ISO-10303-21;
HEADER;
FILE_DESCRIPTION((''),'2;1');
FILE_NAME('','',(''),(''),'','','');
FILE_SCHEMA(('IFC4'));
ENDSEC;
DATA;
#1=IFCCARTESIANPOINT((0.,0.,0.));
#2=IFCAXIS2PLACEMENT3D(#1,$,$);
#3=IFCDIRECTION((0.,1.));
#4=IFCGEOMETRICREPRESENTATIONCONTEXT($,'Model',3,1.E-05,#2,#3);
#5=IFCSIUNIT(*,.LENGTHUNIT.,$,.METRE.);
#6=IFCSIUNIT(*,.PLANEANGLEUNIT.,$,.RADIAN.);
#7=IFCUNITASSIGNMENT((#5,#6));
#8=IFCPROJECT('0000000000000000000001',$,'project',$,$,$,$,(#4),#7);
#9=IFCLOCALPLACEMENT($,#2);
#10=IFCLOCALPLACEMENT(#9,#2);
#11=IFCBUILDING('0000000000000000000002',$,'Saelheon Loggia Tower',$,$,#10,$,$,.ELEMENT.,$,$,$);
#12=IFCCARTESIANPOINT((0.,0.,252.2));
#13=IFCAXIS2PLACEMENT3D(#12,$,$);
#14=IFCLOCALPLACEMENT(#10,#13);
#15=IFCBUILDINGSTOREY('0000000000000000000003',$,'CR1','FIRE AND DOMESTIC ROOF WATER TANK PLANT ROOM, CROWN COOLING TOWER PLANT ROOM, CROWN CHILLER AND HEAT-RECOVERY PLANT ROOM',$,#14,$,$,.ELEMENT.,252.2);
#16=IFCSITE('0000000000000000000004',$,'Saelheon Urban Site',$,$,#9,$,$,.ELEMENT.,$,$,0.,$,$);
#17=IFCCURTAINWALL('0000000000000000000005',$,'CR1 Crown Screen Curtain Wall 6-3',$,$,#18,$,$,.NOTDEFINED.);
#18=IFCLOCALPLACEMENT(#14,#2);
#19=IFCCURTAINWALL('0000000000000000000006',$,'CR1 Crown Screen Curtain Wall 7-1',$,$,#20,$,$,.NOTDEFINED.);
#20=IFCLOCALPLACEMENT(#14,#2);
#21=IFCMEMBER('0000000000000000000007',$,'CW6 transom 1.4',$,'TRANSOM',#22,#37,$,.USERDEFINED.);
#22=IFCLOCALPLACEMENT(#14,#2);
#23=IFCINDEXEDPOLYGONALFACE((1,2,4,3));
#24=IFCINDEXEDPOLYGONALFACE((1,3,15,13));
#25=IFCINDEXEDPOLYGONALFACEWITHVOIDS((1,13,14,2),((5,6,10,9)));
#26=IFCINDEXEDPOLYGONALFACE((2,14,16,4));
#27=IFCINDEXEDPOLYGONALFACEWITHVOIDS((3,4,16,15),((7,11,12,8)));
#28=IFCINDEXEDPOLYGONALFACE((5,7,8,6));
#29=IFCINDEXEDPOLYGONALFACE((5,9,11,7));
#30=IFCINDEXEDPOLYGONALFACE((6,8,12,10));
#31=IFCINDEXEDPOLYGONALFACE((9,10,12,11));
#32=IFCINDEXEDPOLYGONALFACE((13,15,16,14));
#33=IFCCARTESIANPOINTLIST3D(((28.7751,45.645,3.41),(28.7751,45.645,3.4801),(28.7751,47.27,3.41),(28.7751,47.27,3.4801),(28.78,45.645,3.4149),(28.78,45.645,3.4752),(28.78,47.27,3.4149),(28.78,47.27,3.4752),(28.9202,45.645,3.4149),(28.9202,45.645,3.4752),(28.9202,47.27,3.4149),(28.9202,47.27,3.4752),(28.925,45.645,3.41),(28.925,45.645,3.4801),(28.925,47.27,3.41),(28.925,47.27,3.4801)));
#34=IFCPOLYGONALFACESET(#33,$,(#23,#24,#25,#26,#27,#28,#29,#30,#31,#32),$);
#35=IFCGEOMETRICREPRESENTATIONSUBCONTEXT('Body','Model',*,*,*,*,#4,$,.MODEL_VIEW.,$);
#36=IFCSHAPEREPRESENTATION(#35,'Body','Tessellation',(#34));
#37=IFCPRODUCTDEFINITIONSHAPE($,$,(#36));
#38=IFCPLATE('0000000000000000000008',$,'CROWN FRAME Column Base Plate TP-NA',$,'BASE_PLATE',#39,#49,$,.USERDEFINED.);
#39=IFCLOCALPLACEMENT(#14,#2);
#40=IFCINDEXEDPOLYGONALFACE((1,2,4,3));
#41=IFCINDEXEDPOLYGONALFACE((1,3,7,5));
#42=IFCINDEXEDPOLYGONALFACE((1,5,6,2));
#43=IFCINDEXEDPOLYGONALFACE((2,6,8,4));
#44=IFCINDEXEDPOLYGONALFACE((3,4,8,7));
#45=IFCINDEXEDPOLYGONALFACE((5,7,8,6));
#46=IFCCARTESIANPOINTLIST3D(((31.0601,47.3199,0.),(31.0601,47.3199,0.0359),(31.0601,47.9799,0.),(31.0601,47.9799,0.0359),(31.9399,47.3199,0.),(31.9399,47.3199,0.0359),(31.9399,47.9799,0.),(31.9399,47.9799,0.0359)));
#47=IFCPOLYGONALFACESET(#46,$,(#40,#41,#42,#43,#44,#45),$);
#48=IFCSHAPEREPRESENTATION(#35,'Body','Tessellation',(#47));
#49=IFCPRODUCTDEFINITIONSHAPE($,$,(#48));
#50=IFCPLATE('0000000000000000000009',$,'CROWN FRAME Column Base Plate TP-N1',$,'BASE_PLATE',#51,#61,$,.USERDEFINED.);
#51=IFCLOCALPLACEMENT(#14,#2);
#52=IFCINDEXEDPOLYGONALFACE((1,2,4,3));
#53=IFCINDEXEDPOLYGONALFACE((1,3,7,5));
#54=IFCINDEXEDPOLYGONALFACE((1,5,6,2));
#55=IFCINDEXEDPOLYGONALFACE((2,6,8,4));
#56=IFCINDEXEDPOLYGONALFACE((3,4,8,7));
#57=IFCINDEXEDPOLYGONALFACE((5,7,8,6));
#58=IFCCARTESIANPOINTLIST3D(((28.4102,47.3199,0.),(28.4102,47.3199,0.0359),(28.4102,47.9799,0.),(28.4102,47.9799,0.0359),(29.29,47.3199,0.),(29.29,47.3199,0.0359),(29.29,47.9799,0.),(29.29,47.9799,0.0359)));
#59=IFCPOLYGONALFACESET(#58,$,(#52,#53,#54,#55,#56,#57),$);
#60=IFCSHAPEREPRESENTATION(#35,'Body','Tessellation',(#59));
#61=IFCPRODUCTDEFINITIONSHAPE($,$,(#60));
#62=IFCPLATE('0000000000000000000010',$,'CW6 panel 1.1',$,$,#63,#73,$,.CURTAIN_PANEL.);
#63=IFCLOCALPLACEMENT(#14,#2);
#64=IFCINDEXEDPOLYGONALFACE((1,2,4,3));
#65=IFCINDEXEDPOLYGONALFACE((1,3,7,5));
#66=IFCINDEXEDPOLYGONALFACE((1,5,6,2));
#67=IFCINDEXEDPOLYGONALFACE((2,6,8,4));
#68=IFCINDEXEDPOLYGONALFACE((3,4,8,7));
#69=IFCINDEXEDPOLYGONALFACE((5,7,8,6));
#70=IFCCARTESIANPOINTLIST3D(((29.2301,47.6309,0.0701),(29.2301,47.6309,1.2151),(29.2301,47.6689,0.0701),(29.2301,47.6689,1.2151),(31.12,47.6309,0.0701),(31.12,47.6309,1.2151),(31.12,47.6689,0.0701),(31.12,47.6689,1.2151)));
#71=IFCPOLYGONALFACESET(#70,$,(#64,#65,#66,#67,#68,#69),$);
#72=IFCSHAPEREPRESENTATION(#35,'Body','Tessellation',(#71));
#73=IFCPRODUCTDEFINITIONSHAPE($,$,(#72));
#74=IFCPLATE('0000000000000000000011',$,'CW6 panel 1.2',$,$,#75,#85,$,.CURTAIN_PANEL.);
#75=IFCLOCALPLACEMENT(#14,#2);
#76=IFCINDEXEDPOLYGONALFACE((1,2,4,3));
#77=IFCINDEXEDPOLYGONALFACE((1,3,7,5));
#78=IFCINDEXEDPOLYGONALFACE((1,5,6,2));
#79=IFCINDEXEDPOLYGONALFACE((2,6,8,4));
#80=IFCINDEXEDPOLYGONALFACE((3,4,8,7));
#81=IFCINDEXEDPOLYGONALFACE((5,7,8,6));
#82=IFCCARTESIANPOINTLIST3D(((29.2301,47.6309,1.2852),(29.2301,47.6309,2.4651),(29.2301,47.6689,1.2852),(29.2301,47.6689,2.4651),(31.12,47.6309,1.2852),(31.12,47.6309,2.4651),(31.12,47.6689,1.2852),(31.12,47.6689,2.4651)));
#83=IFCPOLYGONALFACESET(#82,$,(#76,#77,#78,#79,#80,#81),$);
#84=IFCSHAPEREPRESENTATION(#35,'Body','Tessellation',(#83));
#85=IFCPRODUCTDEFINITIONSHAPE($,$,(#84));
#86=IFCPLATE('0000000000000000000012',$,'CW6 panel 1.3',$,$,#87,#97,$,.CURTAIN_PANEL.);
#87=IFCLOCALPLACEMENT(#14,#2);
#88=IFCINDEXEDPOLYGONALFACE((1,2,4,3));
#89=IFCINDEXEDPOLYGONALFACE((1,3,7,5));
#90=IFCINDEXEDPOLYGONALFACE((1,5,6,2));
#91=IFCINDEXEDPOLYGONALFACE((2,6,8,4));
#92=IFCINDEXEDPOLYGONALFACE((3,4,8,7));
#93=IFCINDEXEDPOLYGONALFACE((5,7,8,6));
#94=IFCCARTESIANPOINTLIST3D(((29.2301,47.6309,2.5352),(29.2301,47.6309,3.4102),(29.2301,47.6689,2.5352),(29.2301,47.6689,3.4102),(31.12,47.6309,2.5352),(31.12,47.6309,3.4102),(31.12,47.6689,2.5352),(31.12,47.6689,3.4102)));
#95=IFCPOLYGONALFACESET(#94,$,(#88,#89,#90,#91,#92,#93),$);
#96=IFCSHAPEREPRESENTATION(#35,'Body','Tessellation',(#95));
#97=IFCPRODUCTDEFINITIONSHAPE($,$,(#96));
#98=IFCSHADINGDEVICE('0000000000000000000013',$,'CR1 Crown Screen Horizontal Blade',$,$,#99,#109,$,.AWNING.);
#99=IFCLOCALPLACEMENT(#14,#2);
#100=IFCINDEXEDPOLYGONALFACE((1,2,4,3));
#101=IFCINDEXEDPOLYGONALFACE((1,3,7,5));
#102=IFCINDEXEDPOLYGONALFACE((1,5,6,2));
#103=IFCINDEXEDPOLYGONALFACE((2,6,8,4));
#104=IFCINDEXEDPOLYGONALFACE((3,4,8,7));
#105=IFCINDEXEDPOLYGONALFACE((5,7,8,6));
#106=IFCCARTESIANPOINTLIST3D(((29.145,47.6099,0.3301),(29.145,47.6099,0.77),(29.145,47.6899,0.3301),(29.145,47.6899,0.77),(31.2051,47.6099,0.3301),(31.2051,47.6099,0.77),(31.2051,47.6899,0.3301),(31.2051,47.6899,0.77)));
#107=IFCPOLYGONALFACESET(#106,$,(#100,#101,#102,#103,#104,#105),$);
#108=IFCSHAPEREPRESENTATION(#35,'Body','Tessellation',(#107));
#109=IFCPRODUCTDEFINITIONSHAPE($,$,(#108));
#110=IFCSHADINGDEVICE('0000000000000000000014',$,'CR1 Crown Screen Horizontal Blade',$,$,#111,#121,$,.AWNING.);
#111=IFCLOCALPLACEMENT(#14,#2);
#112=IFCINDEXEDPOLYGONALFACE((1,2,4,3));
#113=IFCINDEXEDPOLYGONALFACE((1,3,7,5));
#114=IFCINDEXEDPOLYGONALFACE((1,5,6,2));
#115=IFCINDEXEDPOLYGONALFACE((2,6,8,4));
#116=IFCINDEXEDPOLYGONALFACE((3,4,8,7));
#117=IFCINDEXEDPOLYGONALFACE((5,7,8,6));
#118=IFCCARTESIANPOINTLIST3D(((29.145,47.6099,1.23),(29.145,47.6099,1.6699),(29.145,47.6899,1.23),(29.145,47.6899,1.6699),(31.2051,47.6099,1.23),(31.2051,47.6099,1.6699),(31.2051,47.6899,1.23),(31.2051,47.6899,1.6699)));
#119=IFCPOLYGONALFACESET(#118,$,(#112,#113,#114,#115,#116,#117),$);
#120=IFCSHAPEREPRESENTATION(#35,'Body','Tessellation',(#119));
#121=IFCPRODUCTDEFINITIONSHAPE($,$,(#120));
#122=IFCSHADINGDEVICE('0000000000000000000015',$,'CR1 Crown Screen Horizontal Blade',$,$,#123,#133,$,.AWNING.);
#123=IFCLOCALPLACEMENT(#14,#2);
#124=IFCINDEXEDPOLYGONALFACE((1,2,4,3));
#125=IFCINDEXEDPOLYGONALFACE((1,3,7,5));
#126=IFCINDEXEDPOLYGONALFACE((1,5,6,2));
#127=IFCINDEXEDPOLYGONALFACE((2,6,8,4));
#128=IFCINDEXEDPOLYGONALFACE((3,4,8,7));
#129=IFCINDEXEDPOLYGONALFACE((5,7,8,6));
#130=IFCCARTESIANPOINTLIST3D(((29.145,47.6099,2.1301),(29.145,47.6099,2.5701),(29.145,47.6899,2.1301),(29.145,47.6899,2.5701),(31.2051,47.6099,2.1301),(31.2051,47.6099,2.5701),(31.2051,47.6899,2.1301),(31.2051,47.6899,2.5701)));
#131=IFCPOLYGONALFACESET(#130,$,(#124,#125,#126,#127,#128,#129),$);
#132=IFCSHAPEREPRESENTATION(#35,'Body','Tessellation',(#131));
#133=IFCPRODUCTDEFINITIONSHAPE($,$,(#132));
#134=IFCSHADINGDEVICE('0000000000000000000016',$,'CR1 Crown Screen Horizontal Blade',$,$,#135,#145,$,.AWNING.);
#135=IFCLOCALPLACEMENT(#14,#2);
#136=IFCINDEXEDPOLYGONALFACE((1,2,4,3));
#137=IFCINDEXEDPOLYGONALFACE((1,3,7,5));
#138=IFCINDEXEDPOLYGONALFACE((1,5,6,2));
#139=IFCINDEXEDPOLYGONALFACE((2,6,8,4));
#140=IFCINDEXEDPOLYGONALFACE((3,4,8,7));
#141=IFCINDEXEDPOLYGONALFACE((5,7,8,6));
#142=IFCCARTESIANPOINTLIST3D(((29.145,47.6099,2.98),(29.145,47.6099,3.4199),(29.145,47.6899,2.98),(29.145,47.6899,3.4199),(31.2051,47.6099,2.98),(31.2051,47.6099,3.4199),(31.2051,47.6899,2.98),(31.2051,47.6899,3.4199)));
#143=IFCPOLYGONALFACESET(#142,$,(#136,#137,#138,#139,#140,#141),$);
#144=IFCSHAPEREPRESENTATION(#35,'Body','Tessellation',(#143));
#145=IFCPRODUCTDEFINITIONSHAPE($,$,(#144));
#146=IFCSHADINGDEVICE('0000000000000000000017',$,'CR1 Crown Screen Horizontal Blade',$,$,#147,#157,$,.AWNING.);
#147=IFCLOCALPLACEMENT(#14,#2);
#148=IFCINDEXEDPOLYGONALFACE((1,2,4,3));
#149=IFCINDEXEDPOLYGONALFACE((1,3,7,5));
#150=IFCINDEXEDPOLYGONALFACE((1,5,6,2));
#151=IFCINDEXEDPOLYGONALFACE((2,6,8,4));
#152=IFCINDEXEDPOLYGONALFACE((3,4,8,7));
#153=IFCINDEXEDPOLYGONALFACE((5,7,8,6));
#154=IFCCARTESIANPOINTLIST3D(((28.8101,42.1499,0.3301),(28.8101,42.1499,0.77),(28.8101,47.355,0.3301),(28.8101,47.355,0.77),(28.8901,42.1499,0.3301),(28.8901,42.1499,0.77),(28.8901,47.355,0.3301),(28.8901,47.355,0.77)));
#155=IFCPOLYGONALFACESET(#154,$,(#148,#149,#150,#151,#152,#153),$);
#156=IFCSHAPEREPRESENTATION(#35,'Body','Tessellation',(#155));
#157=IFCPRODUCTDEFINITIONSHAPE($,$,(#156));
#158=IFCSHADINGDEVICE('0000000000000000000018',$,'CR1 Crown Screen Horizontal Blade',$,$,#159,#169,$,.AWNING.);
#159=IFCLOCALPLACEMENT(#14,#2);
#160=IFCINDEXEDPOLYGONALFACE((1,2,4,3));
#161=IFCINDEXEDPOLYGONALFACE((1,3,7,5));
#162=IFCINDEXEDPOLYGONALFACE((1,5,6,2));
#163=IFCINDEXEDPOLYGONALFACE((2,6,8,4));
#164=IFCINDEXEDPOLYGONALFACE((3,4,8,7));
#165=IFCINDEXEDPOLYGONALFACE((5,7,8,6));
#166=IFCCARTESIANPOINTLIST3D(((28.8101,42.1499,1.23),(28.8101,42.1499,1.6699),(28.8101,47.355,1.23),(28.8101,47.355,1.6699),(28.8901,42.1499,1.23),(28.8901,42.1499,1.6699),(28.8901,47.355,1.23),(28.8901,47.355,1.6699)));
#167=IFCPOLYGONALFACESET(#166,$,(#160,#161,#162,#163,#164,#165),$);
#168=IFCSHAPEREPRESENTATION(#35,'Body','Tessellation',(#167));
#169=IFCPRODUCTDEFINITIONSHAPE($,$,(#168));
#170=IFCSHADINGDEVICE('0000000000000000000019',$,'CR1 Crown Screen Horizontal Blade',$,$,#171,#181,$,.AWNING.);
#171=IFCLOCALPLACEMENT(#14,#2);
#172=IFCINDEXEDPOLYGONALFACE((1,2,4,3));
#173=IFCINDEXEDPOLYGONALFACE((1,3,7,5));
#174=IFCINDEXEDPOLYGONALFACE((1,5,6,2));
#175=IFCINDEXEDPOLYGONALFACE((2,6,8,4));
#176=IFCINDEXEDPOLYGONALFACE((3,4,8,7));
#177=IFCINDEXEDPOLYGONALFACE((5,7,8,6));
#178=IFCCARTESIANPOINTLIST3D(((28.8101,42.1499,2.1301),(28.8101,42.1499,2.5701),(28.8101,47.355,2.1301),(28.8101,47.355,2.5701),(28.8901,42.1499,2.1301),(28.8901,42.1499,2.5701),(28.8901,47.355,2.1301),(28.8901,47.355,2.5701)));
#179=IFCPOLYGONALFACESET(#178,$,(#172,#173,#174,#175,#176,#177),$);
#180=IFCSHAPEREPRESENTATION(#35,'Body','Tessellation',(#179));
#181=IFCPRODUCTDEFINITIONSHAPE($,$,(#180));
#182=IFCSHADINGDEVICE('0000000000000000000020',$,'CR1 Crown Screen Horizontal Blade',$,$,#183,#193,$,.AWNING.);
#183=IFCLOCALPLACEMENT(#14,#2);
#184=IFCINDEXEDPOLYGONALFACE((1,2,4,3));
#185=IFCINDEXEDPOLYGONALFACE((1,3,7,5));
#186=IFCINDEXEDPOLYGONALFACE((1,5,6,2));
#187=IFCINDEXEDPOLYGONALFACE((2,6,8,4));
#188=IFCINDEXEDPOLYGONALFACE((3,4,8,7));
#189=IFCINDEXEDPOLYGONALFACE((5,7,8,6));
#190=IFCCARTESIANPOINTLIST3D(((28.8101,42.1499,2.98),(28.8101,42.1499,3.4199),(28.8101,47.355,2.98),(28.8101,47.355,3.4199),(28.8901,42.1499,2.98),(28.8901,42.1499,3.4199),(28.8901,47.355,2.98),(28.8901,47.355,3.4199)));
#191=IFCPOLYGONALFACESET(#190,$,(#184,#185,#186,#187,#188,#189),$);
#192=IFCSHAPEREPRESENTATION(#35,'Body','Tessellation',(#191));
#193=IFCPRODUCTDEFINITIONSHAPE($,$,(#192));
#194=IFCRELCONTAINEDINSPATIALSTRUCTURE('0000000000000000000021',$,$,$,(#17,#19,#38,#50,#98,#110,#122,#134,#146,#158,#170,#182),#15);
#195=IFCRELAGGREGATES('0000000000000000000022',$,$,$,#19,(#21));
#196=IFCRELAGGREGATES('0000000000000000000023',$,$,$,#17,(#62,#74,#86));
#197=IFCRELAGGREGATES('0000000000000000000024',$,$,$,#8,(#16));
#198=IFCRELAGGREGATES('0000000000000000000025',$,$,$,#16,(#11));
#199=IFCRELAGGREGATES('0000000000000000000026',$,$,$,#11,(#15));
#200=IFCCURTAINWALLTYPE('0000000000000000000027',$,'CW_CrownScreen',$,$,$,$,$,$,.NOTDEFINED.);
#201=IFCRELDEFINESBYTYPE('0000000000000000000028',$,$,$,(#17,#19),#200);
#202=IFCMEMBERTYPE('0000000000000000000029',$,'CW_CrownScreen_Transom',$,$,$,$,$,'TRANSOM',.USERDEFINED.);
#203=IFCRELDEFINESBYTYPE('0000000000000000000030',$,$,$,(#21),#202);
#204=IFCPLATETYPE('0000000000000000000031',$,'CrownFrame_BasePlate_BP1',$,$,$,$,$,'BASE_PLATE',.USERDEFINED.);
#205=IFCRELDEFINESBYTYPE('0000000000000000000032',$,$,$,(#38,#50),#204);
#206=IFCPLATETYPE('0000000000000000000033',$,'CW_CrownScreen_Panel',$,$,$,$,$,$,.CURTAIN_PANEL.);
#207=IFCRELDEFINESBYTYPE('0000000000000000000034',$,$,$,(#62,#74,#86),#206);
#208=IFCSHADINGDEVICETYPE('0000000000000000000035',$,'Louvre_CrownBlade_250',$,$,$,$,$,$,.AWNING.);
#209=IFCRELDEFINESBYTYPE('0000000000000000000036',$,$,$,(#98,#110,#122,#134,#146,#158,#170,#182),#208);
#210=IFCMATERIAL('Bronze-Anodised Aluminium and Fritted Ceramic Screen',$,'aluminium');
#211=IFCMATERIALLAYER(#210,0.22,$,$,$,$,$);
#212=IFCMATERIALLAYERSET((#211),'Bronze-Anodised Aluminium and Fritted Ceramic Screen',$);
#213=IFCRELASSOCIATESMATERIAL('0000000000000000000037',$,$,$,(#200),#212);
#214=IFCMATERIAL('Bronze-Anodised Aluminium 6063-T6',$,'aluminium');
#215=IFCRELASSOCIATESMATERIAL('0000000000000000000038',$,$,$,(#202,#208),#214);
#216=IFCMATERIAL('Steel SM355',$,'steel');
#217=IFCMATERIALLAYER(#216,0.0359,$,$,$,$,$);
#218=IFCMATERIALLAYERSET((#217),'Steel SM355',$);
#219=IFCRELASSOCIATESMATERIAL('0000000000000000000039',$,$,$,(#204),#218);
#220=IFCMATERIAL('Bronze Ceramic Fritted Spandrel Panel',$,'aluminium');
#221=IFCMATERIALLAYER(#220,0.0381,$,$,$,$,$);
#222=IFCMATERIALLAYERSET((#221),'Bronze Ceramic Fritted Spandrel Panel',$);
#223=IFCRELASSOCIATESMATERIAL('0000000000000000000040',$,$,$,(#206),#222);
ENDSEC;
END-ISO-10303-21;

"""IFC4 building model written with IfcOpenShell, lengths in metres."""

from ifc_helpers import new_model, si_unit, direction, frame, origin, origin_2d, place, context, subcontext, project, spatial, rectangle, hollow_rectangle, extrude, source, transform, mapped, material, layer, layer_set, material_profile, profile_set, type_object, element, aggregate, save


model = new_model("IFC4")

# Units and contexts
model_context = context("Model", 3, precision=1e-05, world=origin(), true_north=direction((0.0, 1.0)))
body_context = subcontext(model_context, "Body", "Model", "MODEL_VIEW")
ifc_project = project(units=[si_unit("LENGTHUNIT", "METRE"), si_unit("PLANEANGLEUNIT", "RADIAN")], contexts=[model_context])

# Site, building, storey
site_placement = place(None, origin())
site = spatial("IfcSite", under=ifc_project, at=site_placement, Name="Saelheon Urban Site", CompositionType="ELEMENT", RefElevation=0.0)
building_placement = place(site_placement, origin())
building = spatial("IfcBuilding", under=site, at=building_placement, Name="Saelheon Loggia Tower", CompositionType="ELEMENT")
storey_placement = place(building_placement, frame((0.0, 0.0, 252.2)))
storey = spatial("IfcBuildingStorey", under=building, at=storey_placement, Name="CR1", Description="FIRE AND DOMESTIC ROOF WATER TANK PLANT ROOM, CROWN COOLING TOWER PLANT ROOM, CROWN CHILLER AND HEAT-RECOVERY PLANT ROOM", CompositionType="ELEMENT", Elevation=252.2)

# Curtain wall
ifc_material_1 = material(Name="Bronze-Anodised Aluminium and Fritted Ceramic Screen", Category="aluminium")
ifc_layer_1 = layer(ifc_material_1, 0.22)
ifc_layer_set_1 = layer_set([ifc_layer_1], Name="Bronze-Anodised Aluminium and Fritted Ceramic Screen")
curtain_wall_type = type_object("IfcCurtainWallType", Name="CW_CrownScreen", PredefinedType="NOTDEFINED", material=ifc_layer_set_1)
curtain_wall_1_placement = place(storey_placement, origin())
curtain_wall_1 = element("IfcCurtainWall", 1, at=curtain_wall_1_placement, inside=storey, type_object=curtain_wall_type, Name="CR1 Crown Screen Curtain Wall 6-3", PredefinedType="NOTDEFINED")
ifc_material_2 = material(Name="Bronze-Anodised Aluminium 6063-T6", Category="aluminium")

# Curtain wall
curtain_wall_2_placement = place(storey_placement, origin())
curtain_wall_2 = element("IfcCurtainWall", 2, at=curtain_wall_2_placement, inside=storey, type_object=curtain_wall_type, Name="CR1 Crown Screen Curtain Wall 7-1", PredefinedType="NOTDEFINED")

# Member
ifc_material_profile_1 = material_profile(ifc_material_2, hollow_rectangle(XDim=0.0701, YDim=0.1499, WallThickness=0.0049, at=origin_2d()), Name="RHS-150x70x5")
ifc_profile_set_1 = profile_set([ifc_material_profile_1], Name="Bronze-Anodised Aluminium 6063-T6")
member_type_1 = type_object("IfcMemberType", Name="CW_CrownScreen_Transom", ElementType="TRANSOM", PredefinedType="USERDEFINED", material=ifc_profile_set_1)
shared_shape_1 = source(origin(), body_context, "Body", "SweptSolid", [
    extrude(hollow_rectangle(XDim=0.0701, YDim=0.1499, WallThickness=0.0049, at=origin_2d()), origin(), (0.0, 0.0, 1.0), 1.625),
])
member_1_placement = place(storey_placement, frame((28.8501, 47.27, 3.4451), z_axis=(0.0, -1.0, 0.0), x_axis=(0.0, 0.0, 1.0)))
member_1 = element("IfcMember", 3, at=member_1_placement, type_object=member_type_1, Name="CW6 transom 1.4", ObjectType="TRANSOM", PredefinedType="USERDEFINED", context=body_context, shape_type="MappedRepresentation", body=[
    mapped(shared_shape_1, transform((0.0, 0.0, 0.0), scale=1.0)),
])
aggregate(curtain_wall_2, [member_1])

# Plates
ifc_material_3 = material(Name="Steel SM355", Category="steel")
ifc_layer_2 = layer(ifc_material_3, 0.0359)
ifc_layer_set_2 = layer_set([ifc_layer_2], Name="Steel SM355")
plate_type_1 = type_object("IfcPlateType", Name="CrownFrame_BasePlate_BP1", ElementType="BASE_PLATE", PredefinedType="USERDEFINED", material=ifc_layer_set_2)
shared_shape_2 = source(origin(), body_context, "Body", "SweptSolid", [
    extrude(rectangle(XDim=0.8799, YDim=0.6599, at=origin_2d()), origin(), (0.0, 0.0, 1.0), 0.0359),
])
for number, where, z_axis, x_axis, name in (
    (4, (31.5, 47.6499, 0.0), (0.0, 0.0, 1.0), (1.0, 0.0, 0.0), "CROWN FRAME Column Base Plate TP-NA"),
    (5, (28.8501, 47.6499, 0.0), (0.0, 0.0, 1.0), (1.0, 0.0, 0.0), "CROWN FRAME Column Base Plate TP-N1"),
):
    element("IfcPlate", number, at=place(storey_placement, frame(where, z_axis=z_axis, x_axis=x_axis)), inside=storey, type_object=plate_type_1, Name=name, ObjectType="BASE_PLATE", PredefinedType="USERDEFINED", context=body_context, shape_type="MappedRepresentation", body=[
        mapped(shared_shape_2, transform((0.0, 0.0, 0.0), scale=1.0)),
    ])

# Plates
ifc_material_4 = material(Name="Bronze Ceramic Fritted Spandrel Panel", Category="aluminium")
ifc_layer_3 = layer(ifc_material_4, 0.0381)
ifc_layer_set_3 = layer_set([ifc_layer_3], Name="Bronze Ceramic Fritted Spandrel Panel")
plate_type_2 = type_object("IfcPlateType", Name="CW_CrownScreen_Panel", PredefinedType="CURTAIN_PANEL", material=ifc_layer_set_3)
shared_shape_3 = source(origin(), body_context, "Body", "SweptSolid", [
    extrude(rectangle(XDim=1.8899, YDim=0.0381, at=origin_2d()), origin(), (0.0, 0.0, 1.0), 1.145),
])
plate_1_placement = place(storey_placement, frame((30.175, 47.6499, 0.0701), z_axis=(0.0, 0.0, 1.0), x_axis=(-1.0, 0.0, 0.0)))
plate_1 = element("IfcPlate", 6, at=plate_1_placement, type_object=plate_type_2, Name="CW6 panel 1.1", PredefinedType="CURTAIN_PANEL", context=body_context, shape_type="MappedRepresentation", body=[
    mapped(shared_shape_3, transform((0.0, 0.0, 0.0), scale=1.0)),
])
shared_shape_4 = source(origin(), body_context, "Body", "SweptSolid", [
    extrude(rectangle(XDim=1.8899, YDim=0.0381, at=origin_2d()), origin(), (0.0, 0.0, 1.0), 1.1799),
])
plate_2_placement = place(storey_placement, frame((30.175, 47.6499, 1.2852), z_axis=(0.0, 0.0, 1.0), x_axis=(-1.0, 0.0, 0.0)))
plate_2 = element("IfcPlate", 7, at=plate_2_placement, type_object=plate_type_2, Name="CW6 panel 1.2", PredefinedType="CURTAIN_PANEL", context=body_context, shape_type="MappedRepresentation", body=[
    mapped(shared_shape_4, transform((0.0, 0.0, 0.0), scale=1.0)),
])
shared_shape_5 = source(origin(), body_context, "Body", "SweptSolid", [
    extrude(rectangle(XDim=1.8899, YDim=0.0381, at=origin_2d()), origin(), (0.0, 0.0, 1.0), 0.875),
])
plate_3_placement = place(storey_placement, frame((30.175, 47.6499, 2.5352), z_axis=(0.0, 0.0, 1.0), x_axis=(-1.0, 0.0, 0.0)))
plate_3 = element("IfcPlate", 8, at=plate_3_placement, type_object=plate_type_2, Name="CW6 panel 1.3", PredefinedType="CURTAIN_PANEL", context=body_context, shape_type="MappedRepresentation", body=[
    mapped(shared_shape_5, transform((0.0, 0.0, 0.0), scale=1.0)),
])
aggregate(curtain_wall_1, [plate_1, plate_2, plate_3])

# Shading devices
ifc_material_profile_2 = material_profile(ifc_material_2, rectangle(XDim=0.0801, YDim=0.4399, at=origin_2d()), Name="Louvre_CrownBlade_250")
ifc_profile_set_2 = profile_set([ifc_material_profile_2], Name="Bronze-Anodised Aluminium 6063-T6")
shading_device_type = type_object("IfcShadingDeviceType", Name="Louvre_CrownBlade_250", PredefinedType="AWNING", material=ifc_profile_set_2)
shared_shape_6 = source(origin(), body_context, "Body", "SweptSolid", [
    extrude(rectangle(XDim=0.0801, YDim=0.4399, at=origin_2d()), origin(), (0.0, 0.0, 1.0), 2.0601),
])
for number, where, z_axis, x_axis, name in (
    (9, (31.2051, 47.6499, 0.55), (-1.0, 0.0, 0.0), (0.0, -1.0, 0.0), "CR1 Crown Screen Horizontal Blade"),
    (10, (31.2051, 47.6499, 1.45), (-1.0, 0.0, 0.0), (0.0, -1.0, 0.0), "CR1 Crown Screen Horizontal Blade"),
    (11, (31.2051, 47.6499, 2.3501), (-1.0, 0.0, 0.0), (0.0, -1.0, 0.0), "CR1 Crown Screen Horizontal Blade"),
    (12, (31.2051, 47.6499, 3.2), (-1.0, 0.0, 0.0), (0.0, -1.0, 0.0), "CR1 Crown Screen Horizontal Blade"),
):
    element("IfcShadingDevice", number, at=place(storey_placement, frame(where, z_axis=z_axis, x_axis=x_axis)), inside=storey, type_object=shading_device_type, Name=name, PredefinedType="AWNING", context=body_context, shape_type="MappedRepresentation", body=[
        mapped(shared_shape_6, transform((0.0, 0.0, 0.0), scale=1.0)),
    ])
shared_shape_7 = source(origin(), body_context, "Body", "SweptSolid", [
    extrude(rectangle(XDim=0.0801, YDim=0.4399, at=origin_2d()), origin(), (0.0, 0.0, 1.0), 5.2051),
])
for number, where, z_axis, x_axis, name in (
    (13, (28.8501, 47.355, 0.55), (0.0, -1.0, 0.0), (1.0, 0.0, 0.0), "CR1 Crown Screen Horizontal Blade"),
    (14, (28.8501, 47.355, 1.45), (0.0, -1.0, 0.0), (1.0, 0.0, 0.0), "CR1 Crown Screen Horizontal Blade"),
    (15, (28.8501, 47.355, 2.3501), (0.0, -1.0, 0.0), (1.0, 0.0, 0.0), "CR1 Crown Screen Horizontal Blade"),
    (16, (28.8501, 47.355, 3.2), (0.0, -1.0, 0.0), (1.0, 0.0, 0.0), "CR1 Crown Screen Horizontal Blade"),
):
    element("IfcShadingDevice", number, at=place(storey_placement, frame(where, z_axis=z_axis, x_axis=x_axis)), inside=storey, type_object=shading_device_type, Name=name, PredefinedType="AWNING", context=body_context, shape_type="MappedRepresentation", body=[
        mapped(shared_shape_7, transform((0.0, 0.0, 0.0), scale=1.0)),
    ])

save(model, "model.ifc")
